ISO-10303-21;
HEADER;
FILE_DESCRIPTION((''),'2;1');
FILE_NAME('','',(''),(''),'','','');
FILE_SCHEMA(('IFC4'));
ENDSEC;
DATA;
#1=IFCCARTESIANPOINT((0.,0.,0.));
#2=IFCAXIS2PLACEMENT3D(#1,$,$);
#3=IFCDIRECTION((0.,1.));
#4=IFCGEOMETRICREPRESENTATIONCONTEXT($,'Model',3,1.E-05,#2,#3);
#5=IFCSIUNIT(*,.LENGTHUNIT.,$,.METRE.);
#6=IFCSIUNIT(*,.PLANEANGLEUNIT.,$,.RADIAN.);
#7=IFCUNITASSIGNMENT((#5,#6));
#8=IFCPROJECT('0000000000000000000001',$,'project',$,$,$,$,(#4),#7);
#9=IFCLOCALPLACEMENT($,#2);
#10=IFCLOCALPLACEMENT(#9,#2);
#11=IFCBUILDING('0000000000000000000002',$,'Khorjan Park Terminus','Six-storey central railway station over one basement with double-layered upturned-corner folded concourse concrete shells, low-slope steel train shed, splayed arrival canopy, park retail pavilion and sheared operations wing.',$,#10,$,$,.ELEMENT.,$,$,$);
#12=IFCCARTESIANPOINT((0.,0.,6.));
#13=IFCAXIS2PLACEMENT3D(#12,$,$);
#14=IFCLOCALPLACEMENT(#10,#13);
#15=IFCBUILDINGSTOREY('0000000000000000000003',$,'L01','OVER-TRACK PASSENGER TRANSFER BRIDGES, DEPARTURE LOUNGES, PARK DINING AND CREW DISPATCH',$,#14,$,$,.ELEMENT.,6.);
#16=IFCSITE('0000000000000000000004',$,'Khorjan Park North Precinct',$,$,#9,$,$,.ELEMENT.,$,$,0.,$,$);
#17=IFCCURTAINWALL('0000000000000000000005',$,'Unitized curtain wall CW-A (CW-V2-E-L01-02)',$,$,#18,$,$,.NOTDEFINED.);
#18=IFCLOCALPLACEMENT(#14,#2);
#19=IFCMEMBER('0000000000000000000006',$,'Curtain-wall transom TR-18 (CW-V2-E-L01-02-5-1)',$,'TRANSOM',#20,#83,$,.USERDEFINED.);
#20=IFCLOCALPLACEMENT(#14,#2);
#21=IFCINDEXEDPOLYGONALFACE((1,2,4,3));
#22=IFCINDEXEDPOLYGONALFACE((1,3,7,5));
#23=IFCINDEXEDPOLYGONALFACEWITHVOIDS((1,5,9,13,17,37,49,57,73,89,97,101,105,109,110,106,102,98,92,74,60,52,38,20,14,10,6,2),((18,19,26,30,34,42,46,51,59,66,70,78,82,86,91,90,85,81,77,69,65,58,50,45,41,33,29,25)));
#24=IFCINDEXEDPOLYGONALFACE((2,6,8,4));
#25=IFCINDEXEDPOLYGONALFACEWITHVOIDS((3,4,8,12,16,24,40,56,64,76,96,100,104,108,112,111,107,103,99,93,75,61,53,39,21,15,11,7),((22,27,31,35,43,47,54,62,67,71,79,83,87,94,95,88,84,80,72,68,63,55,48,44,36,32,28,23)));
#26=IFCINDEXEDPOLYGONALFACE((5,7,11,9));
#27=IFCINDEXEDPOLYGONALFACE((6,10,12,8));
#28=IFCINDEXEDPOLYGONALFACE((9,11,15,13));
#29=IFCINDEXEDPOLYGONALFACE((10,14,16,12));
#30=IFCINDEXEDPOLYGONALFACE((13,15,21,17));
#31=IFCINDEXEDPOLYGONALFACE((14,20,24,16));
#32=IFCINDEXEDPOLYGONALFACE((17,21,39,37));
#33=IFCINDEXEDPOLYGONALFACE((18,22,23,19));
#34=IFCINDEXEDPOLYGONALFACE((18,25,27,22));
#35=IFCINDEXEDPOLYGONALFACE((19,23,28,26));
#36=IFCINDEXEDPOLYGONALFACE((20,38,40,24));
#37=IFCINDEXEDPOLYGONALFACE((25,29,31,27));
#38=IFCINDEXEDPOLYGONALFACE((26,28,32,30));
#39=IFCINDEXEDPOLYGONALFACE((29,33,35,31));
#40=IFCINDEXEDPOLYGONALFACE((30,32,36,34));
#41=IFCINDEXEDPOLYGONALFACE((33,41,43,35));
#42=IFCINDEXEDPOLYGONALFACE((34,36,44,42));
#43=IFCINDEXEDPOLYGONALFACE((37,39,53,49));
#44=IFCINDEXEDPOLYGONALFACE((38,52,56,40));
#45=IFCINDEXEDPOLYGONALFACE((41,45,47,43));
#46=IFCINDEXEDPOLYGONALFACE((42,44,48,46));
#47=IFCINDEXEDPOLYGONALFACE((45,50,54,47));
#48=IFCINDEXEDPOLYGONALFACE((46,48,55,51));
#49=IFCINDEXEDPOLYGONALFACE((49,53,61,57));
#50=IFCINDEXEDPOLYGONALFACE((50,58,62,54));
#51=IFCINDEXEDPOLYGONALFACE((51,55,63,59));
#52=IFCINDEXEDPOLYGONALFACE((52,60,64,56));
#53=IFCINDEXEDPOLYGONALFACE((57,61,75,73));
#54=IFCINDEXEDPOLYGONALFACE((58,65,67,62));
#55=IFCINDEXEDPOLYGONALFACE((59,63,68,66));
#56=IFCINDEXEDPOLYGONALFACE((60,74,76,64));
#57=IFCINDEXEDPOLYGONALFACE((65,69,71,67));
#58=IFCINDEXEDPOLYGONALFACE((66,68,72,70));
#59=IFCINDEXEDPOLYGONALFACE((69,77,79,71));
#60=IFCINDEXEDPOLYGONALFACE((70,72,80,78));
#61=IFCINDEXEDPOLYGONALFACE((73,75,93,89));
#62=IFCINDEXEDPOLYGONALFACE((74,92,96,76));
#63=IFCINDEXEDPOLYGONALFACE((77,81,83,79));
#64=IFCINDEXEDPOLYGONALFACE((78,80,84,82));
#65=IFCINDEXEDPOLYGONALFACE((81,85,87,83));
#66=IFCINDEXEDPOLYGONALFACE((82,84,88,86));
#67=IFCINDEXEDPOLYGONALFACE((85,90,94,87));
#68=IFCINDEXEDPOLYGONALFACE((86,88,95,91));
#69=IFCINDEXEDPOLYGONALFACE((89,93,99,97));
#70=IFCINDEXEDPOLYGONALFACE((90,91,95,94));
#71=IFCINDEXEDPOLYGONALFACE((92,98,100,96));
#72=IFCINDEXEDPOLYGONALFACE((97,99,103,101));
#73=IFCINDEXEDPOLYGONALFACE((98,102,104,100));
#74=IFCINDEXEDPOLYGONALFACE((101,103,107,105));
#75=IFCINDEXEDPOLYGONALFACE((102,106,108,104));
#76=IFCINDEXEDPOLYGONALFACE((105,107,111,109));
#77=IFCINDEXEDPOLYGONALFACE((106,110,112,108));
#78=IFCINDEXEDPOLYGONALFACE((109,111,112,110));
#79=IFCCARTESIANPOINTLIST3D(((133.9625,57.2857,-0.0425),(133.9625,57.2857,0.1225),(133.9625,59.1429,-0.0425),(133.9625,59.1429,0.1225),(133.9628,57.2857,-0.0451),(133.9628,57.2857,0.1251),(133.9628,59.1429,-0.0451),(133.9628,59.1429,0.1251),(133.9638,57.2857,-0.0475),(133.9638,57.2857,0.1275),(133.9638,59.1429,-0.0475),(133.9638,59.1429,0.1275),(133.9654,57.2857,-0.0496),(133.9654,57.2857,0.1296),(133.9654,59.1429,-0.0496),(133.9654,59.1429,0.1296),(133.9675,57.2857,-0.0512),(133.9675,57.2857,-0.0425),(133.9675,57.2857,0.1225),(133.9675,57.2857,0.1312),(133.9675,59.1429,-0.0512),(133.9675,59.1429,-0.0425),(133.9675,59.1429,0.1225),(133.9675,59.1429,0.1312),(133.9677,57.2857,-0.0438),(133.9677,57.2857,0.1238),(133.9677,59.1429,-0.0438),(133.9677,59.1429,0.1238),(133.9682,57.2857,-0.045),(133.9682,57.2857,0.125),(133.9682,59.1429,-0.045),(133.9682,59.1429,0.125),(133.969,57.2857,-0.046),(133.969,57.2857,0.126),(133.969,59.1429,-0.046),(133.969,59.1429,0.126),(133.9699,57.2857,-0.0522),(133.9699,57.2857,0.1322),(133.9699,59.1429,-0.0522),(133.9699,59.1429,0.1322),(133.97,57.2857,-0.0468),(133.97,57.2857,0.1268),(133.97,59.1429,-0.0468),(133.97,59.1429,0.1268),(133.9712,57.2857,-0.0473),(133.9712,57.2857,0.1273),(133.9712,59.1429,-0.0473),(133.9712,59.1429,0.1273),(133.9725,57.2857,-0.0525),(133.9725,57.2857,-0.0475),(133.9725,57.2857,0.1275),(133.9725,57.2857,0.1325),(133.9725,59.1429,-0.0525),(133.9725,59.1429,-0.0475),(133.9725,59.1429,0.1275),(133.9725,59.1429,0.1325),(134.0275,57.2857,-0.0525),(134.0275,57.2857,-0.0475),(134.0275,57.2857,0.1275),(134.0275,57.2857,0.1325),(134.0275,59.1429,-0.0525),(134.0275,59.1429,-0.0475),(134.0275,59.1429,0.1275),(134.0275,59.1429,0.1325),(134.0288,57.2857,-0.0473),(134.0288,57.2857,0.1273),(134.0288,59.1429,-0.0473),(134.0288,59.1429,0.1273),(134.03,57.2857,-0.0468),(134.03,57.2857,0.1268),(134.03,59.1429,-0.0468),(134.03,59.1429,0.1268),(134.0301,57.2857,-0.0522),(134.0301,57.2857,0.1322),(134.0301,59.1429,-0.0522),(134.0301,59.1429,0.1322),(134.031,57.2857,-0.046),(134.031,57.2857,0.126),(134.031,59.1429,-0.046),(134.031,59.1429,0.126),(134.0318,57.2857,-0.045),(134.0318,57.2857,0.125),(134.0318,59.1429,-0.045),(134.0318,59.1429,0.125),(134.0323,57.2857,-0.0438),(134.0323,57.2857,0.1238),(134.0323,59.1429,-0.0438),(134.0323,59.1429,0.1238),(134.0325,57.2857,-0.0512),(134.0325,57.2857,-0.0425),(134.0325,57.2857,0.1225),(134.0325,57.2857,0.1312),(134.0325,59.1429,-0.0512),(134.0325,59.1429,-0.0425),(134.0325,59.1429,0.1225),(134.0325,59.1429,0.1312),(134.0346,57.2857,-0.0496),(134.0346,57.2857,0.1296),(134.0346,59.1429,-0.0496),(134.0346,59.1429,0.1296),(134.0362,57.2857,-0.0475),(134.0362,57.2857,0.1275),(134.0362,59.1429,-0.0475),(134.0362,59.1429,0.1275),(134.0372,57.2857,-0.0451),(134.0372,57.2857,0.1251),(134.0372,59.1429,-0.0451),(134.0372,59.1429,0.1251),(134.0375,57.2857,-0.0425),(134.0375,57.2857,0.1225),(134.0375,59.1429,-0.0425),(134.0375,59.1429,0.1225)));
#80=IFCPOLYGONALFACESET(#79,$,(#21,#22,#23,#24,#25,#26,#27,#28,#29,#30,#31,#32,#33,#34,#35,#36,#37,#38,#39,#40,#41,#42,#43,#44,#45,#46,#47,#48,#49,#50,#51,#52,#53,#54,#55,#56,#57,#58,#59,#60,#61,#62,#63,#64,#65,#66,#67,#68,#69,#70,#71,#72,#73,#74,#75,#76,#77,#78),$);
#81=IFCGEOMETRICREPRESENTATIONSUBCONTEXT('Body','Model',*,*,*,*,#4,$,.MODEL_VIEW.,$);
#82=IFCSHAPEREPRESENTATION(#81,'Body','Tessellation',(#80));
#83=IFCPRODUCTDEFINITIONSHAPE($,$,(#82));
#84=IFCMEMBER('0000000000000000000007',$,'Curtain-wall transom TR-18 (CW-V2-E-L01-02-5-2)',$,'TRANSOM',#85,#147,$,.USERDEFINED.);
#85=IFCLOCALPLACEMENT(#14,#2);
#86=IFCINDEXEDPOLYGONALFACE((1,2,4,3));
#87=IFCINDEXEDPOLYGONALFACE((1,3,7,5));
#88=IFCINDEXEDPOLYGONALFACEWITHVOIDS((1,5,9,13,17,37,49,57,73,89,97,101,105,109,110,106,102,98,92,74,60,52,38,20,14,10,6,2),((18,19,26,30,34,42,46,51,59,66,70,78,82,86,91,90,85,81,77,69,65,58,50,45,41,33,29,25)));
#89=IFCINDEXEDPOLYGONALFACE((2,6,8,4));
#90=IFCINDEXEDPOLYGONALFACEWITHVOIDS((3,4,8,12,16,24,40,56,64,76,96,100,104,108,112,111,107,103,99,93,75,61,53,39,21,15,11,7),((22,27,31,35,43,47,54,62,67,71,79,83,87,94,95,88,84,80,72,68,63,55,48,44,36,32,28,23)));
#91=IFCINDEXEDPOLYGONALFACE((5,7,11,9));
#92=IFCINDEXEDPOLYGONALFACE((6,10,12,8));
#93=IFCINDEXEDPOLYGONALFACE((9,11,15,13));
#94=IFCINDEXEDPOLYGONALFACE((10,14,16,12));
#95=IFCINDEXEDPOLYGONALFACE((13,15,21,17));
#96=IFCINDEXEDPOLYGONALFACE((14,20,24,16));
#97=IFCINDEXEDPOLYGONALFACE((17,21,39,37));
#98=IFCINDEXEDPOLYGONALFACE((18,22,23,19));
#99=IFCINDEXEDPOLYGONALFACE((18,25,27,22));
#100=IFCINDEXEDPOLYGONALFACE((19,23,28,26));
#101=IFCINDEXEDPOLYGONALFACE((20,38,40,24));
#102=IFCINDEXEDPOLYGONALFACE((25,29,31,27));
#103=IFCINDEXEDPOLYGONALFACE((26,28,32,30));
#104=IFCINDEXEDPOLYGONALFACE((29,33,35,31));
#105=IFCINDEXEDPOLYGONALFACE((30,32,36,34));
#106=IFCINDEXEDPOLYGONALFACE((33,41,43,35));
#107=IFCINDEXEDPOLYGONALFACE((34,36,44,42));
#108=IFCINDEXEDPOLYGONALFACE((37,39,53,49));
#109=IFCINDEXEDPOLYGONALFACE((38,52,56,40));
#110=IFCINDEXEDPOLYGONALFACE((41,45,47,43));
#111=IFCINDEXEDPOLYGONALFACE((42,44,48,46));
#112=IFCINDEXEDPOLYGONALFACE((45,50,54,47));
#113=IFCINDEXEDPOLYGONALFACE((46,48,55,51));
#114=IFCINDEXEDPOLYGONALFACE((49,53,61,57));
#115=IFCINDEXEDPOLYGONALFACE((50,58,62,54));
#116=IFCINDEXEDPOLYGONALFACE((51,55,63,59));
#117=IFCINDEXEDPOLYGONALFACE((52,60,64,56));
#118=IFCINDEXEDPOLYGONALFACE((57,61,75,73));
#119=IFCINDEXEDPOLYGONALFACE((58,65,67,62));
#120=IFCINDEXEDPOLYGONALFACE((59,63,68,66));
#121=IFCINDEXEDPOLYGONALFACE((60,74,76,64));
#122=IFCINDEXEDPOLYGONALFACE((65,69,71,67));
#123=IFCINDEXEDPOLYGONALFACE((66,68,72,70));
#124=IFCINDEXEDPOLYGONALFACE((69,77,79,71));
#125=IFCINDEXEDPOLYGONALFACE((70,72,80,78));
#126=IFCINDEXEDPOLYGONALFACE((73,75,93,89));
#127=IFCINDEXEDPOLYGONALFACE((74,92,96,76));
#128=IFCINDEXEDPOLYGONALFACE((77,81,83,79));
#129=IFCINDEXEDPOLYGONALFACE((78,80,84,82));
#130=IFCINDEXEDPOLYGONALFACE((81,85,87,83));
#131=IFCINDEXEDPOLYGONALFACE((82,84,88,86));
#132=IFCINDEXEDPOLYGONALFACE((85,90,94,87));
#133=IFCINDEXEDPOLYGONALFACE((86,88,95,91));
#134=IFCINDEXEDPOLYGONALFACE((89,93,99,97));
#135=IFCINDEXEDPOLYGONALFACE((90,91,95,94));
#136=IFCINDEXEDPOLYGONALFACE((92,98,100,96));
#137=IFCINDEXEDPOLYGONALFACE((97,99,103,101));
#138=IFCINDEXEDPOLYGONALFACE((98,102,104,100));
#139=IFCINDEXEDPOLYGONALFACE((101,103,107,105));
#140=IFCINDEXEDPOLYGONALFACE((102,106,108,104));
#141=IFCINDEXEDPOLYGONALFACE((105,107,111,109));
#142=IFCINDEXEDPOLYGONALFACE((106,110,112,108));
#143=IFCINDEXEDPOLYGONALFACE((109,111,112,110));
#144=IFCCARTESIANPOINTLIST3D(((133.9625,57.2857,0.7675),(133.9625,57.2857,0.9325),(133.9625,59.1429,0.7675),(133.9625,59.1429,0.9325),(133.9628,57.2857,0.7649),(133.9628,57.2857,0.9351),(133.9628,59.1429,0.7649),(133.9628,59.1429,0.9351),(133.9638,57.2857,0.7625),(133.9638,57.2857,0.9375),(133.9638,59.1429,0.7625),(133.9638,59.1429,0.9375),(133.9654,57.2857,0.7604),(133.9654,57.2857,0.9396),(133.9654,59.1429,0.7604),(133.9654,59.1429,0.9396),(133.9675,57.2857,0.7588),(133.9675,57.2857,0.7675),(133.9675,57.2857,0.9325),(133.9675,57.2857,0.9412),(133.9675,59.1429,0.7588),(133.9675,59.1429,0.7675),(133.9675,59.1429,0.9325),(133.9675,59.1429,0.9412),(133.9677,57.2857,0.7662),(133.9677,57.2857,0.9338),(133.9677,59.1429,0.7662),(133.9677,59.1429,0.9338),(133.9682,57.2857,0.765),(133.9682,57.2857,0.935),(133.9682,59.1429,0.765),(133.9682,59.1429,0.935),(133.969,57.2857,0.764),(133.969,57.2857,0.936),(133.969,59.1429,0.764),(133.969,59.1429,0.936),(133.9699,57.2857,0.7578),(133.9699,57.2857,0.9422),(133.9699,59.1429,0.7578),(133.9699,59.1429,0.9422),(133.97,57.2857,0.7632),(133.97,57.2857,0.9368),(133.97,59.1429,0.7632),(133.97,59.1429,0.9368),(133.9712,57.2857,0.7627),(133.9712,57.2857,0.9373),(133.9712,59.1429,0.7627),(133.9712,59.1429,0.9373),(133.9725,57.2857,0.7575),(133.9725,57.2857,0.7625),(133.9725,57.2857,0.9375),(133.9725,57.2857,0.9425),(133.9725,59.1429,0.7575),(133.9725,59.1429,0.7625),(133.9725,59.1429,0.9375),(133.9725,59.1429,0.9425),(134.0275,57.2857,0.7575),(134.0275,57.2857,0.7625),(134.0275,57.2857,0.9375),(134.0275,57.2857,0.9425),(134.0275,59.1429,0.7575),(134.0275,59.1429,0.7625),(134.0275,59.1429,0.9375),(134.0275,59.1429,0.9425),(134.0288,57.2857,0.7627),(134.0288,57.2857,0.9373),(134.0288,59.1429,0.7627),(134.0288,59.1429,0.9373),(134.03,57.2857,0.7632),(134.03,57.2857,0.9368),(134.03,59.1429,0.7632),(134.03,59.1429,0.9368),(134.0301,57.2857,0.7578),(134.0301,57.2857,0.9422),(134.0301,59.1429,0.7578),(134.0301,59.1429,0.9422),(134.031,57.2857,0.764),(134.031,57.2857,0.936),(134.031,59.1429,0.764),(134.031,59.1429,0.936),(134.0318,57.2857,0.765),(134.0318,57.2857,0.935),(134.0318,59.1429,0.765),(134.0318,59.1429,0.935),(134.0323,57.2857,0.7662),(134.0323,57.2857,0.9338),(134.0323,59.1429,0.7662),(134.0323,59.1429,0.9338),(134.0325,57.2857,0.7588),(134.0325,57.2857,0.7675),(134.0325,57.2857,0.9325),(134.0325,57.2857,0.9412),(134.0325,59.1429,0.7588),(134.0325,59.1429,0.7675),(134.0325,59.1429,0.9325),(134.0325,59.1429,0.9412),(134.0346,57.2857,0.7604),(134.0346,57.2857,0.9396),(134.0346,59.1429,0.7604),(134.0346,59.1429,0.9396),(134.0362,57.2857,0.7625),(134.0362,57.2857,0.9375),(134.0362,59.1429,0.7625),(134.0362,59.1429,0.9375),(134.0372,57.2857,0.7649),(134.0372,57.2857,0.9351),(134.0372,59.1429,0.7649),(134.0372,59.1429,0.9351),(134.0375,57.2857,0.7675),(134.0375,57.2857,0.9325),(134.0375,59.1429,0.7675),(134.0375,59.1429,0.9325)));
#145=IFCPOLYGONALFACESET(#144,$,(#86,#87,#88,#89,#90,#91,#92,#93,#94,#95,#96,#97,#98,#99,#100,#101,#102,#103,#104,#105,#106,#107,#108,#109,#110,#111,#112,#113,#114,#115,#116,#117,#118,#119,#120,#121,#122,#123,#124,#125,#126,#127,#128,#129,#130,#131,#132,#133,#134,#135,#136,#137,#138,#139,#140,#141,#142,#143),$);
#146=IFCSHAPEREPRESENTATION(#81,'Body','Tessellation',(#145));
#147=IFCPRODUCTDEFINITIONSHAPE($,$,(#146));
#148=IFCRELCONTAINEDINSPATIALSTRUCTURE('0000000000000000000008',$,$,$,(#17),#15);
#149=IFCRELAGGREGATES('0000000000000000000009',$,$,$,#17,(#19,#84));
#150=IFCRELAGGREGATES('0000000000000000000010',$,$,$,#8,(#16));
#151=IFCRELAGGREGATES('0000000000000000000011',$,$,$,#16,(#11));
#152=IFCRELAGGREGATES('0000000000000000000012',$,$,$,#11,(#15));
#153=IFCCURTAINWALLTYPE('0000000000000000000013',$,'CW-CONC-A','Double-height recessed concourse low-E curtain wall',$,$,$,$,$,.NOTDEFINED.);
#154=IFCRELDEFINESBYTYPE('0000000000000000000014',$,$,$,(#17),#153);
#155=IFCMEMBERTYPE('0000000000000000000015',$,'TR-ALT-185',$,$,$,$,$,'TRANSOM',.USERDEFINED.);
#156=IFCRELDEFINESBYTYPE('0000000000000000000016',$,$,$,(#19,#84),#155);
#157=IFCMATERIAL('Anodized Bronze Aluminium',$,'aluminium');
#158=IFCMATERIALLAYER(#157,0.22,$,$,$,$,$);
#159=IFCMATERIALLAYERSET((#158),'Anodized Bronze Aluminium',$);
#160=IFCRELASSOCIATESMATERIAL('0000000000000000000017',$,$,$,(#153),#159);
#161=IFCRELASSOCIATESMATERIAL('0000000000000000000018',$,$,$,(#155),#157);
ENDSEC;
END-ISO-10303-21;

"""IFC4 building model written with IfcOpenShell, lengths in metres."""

from ifc_helpers import new_model, si_unit, direction, frame, origin, origin_2d, place, context, subcontext, project, spatial, hollow_rectangle, extrude, material, layer, layer_set, material_profile, profile_set, type_object, element, aggregate, save


model = new_model("IFC4")

# Units and contexts
model_context = context("Model", 3, precision=1e-05, world=origin(), true_north=direction((0.0, 1.0)))
body_context = subcontext(model_context, "Body", "Model", "MODEL_VIEW")
ifc_project = project(units=[si_unit("LENGTHUNIT", "METRE"), si_unit("PLANEANGLEUNIT", "RADIAN")], contexts=[model_context])

# Site, building, storey
site_placement = place(None, origin())
site = spatial("IfcSite", under=ifc_project, at=site_placement, Name="Khorjan Park North Precinct", CompositionType="ELEMENT", RefElevation=0.0)
building_placement = place(site_placement, origin())
building = spatial("IfcBuilding", under=site, at=building_placement, Name="Khorjan Park Terminus", Description="Six-storey central railway station over one basement with double-layered upturned-corner folded concourse concrete shells, low-slope steel train shed, splayed arrival canopy, park retail pavilion and sheared operations wing.", CompositionType="ELEMENT")
storey_placement = place(building_placement, frame((0.0, 0.0, 6.0)))
storey = spatial("IfcBuildingStorey", under=building, at=storey_placement, Name="L01", Description="OVER-TRACK PASSENGER TRANSFER BRIDGES, DEPARTURE LOUNGES, PARK DINING AND CREW DISPATCH", CompositionType="ELEMENT", Elevation=6.0)

# Curtain wall
ifc_material_1 = material(Name="Anodized Bronze Aluminium", Category="aluminium")
ifc_layer_1 = layer(ifc_material_1, 0.22)
ifc_layer_set_1 = layer_set([ifc_layer_1], Name="Anodized Bronze Aluminium")
curtain_wall_type = type_object("IfcCurtainWallType", Name="CW-CONC-A", Description="Double-height recessed concourse low-E curtain wall", PredefinedType="NOTDEFINED", material=ifc_layer_set_1)
curtain_wall_placement = place(storey_placement, origin())
curtain_wall = element("IfcCurtainWall", 1, at=curtain_wall_placement, inside=storey, type_object=curtain_wall_type, Name="Unitized curtain wall CW-A (CW-V2-E-L01-02)", PredefinedType="NOTDEFINED")

# Members
ifc_material_profile_1 = material_profile(ifc_material_1, hollow_rectangle(XDim=0.075, YDim=0.185, WallThickness=0.005, InnerFilletRadius=0.005, OuterFilletRadius=0.01, at=origin_2d()), Name="ALT 75x185x5")
ifc_profile_set_1 = profile_set([ifc_material_profile_1], Name="Anodized Bronze Aluminium")
member_type_1 = type_object("IfcMemberType", Name="TR-ALT-185", ElementType="TRANSOM", PredefinedType="USERDEFINED", material=ifc_profile_set_1)
member_1_placement = place(storey_placement, frame((134.0, 57.2857, 0.04), z_axis=(0.0, 1.0, 0.0), x_axis=(-1.0, 0.0, 0.0)))
member_1 = element("IfcMember", 2, at=member_1_placement, type_object=member_type_1, Name="Curtain-wall transom TR-18 (CW-V2-E-L01-02-5-1)", ObjectType="TRANSOM", PredefinedType="USERDEFINED", context=body_context, shape_type="SweptSolid", body=[
    extrude(hollow_rectangle(XDim=0.075, YDim=0.185, WallThickness=0.005, InnerFilletRadius=0.005, OuterFilletRadius=0.01, at=origin_2d()), origin(), (0.0, 0.0, 1.0), 1.8572),
])
member_2_placement = place(storey_placement, frame((134.0, 57.2857, 0.85), z_axis=(0.0, 1.0, 0.0), x_axis=(-1.0, 0.0, 0.0)))
member_2 = element("IfcMember", 3, at=member_2_placement, type_object=member_type_1, Name="Curtain-wall transom TR-18 (CW-V2-E-L01-02-5-2)", ObjectType="TRANSOM", PredefinedType="USERDEFINED", context=body_context, shape_type="SweptSolid", body=[
    extrude(hollow_rectangle(XDim=0.075, YDim=0.185, WallThickness=0.005, InnerFilletRadius=0.005, OuterFilletRadius=0.01, at=origin_2d()), origin(), (0.0, 0.0, 1.0), 1.8572),
])

aggregate(curtain_wall, [member_1, member_2])

save(model, "model.ifc")
